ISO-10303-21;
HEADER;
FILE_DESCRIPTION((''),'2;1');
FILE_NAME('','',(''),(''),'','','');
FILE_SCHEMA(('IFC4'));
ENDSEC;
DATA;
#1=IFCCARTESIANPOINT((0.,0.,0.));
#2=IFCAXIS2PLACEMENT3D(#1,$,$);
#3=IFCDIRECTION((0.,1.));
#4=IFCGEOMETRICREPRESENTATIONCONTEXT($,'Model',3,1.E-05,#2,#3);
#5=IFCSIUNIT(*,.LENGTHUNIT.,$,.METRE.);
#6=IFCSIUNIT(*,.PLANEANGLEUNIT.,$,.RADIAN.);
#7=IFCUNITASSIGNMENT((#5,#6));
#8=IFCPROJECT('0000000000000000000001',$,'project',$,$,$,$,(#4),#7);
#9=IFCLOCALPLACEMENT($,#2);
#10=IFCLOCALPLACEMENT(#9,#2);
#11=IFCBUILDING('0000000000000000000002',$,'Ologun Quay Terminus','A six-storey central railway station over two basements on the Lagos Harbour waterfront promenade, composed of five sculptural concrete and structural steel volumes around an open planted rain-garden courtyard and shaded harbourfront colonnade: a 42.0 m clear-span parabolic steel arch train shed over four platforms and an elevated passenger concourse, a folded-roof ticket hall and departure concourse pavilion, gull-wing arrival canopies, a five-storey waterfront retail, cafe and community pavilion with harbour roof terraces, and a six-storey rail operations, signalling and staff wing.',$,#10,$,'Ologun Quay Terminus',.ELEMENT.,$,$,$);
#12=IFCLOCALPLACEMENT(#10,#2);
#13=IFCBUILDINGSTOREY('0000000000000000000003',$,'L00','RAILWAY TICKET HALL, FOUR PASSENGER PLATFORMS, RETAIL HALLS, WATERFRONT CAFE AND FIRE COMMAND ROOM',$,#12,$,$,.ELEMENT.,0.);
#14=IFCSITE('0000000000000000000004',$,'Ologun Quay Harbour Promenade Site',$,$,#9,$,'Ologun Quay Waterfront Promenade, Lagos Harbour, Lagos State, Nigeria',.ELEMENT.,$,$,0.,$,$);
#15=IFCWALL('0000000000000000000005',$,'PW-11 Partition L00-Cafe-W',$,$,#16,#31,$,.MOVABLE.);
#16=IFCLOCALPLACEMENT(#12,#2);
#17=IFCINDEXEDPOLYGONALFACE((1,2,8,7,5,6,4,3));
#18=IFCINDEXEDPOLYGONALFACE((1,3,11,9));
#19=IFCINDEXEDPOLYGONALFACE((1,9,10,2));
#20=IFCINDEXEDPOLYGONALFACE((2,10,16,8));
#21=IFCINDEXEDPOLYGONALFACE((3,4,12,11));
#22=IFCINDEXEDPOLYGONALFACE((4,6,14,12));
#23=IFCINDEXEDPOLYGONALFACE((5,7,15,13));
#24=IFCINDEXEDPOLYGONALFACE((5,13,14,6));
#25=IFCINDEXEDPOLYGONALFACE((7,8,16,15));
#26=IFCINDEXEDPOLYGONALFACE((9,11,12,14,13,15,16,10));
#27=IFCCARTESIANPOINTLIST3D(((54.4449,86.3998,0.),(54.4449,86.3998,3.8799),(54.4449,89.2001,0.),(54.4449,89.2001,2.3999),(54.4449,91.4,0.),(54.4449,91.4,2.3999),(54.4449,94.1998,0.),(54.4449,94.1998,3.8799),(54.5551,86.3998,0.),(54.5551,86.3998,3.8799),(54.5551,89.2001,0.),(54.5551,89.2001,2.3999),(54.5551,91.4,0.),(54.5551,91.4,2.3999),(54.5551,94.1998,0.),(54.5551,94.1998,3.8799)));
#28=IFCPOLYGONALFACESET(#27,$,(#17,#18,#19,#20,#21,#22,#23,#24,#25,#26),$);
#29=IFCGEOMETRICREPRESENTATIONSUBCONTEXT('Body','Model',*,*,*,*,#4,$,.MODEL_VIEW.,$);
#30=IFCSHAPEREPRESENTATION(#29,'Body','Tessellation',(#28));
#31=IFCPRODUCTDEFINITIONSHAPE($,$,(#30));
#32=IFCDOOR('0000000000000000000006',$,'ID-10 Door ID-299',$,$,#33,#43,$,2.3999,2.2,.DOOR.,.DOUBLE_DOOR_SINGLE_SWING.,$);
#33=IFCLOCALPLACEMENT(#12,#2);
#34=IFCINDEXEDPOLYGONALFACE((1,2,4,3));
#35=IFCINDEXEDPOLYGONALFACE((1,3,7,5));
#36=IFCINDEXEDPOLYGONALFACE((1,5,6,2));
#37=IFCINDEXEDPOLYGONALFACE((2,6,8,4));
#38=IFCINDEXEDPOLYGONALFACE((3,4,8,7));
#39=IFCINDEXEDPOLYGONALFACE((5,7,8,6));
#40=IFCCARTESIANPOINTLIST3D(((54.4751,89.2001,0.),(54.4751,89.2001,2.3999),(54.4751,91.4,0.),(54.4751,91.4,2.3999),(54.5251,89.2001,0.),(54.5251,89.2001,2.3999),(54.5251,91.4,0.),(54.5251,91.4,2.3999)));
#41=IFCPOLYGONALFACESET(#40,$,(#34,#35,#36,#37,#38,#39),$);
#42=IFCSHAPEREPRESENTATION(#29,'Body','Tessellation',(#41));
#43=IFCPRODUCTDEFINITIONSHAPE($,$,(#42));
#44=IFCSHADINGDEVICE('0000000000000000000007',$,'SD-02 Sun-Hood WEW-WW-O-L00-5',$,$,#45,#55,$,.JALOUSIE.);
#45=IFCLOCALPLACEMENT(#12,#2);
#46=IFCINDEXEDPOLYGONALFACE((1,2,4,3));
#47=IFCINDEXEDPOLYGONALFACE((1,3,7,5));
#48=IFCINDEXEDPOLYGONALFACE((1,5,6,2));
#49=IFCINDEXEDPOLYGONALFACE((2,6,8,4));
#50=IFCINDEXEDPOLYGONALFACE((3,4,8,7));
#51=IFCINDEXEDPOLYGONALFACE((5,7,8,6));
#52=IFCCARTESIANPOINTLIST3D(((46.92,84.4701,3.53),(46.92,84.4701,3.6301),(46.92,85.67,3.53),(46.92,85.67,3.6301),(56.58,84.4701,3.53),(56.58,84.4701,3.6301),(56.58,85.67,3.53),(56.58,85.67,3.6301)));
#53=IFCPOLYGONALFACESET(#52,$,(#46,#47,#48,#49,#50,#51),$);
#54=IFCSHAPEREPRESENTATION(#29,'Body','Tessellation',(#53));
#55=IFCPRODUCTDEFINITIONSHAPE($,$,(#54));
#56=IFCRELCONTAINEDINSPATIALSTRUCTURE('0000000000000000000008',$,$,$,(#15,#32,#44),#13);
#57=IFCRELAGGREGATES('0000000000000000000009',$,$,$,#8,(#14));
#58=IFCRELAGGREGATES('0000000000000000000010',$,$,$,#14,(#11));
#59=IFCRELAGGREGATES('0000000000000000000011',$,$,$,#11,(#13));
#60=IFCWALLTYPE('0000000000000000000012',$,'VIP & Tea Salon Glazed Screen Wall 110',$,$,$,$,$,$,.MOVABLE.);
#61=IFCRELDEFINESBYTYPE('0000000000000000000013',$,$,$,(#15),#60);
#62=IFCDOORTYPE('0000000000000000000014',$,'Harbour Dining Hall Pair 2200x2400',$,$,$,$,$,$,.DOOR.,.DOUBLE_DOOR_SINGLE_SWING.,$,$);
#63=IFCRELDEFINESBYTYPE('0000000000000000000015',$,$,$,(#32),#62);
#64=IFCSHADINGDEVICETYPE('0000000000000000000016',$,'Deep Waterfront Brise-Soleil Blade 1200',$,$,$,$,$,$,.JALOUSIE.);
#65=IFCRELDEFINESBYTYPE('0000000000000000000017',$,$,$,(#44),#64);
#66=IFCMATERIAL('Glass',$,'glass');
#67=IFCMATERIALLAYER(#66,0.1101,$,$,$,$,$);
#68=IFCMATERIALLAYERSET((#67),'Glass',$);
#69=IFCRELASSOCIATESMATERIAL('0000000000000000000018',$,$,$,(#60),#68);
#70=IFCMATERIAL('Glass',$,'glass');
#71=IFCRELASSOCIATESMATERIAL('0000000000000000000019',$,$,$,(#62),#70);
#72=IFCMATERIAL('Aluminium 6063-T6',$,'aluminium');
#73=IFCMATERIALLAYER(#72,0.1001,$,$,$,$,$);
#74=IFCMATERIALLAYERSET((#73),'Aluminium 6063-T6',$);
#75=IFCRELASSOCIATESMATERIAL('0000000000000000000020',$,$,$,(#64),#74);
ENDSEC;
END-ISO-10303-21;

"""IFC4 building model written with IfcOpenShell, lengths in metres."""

from ifc_helpers import new_model, si_unit, direction, frame, frame_2d, origin, origin_2d, place, context, subcontext, project, spatial, rectangle, extrude, material, layer, layer_set, type_object, element, fill, save


model = new_model("IFC4")

# Units and contexts
model_context = context("Model", 3, precision=1e-05, world=origin(), true_north=direction((0.0, 1.0)))
body_context = subcontext(model_context, "Body", "Model", "MODEL_VIEW")
ifc_project = project(units=[si_unit("LENGTHUNIT", "METRE"), si_unit("PLANEANGLEUNIT", "RADIAN")], contexts=[model_context])

# Site, building, storey
site_placement = place(None, origin())
site = spatial("IfcSite", under=ifc_project, at=site_placement, Name="Ologun Quay Harbour Promenade Site", LongName="Ologun Quay Waterfront Promenade, Lagos Harbour, Lagos State, Nigeria", CompositionType="ELEMENT", RefElevation=0.0)
building_placement = place(site_placement, origin())
building = spatial("IfcBuilding", under=site, at=building_placement, Name="Ologun Quay Terminus", Description="A six-storey central railway station over two basements on the Lagos Harbour waterfront promenade, composed of five sculptural concrete and structural steel volumes around an open planted rain-garden courtyard and shaded harbourfront colonnade: a 42.0 m clear-span parabolic steel arch train shed over four platforms and an elevated passenger concourse, a folded-roof ticket hall and departure concourse pavilion, gull-wing arrival canopies, a five-storey waterfront retail, cafe and community pavilion with harbour roof terraces, and a six-storey rail operations, signalling and staff wing.", LongName="Ologun Quay Terminus", CompositionType="ELEMENT")
storey_placement = place(building_placement, origin())
storey = spatial("IfcBuildingStorey", under=building, at=storey_placement, Name="L00", Description="RAILWAY TICKET HALL, FOUR PASSENGER PLATFORMS, RETAIL HALLS, WATERFRONT CAFE AND FIRE COMMAND ROOM", CompositionType="ELEMENT", Elevation=0.0)

# Wall, opening, door
ifc_material_1 = material(Name="Glass", Category="glass")
ifc_layer_1 = layer(ifc_material_1, 0.1101)
ifc_layer_set_1 = layer_set([ifc_layer_1], Name="Glass")
wall_type_1 = type_object("IfcWallType", Name="VIP & Tea Salon Glazed Screen Wall 110", PredefinedType="MOVABLE", material=ifc_layer_set_1)
wall_1_placement = place(storey_placement, frame((54.5, 86.3999, 0.0), z_axis=(0.0, 0.0, 1.0), x_axis=(0.0, 1.0, 0.0)))
wall_1 = element("IfcWall", 1, at=wall_1_placement, inside=storey, type_object=wall_type_1, Name="PW-11 Partition L00-Cafe-W", PredefinedType="MOVABLE", context=body_context, shape_type="SweptSolid", body=[
    extrude(rectangle(XDim=7.8, YDim=0.1101, at=frame_2d((3.8999, 0.0))), origin(), (0.0, 0.0, 1.0), 3.8799),
])
opening_placement = place(wall_1_placement, frame((2.8, 0.0, 0.0)))
opening = element("IfcOpeningElement", 2, at=opening_placement, cuts=wall_1, PredefinedType="OPENING", context=body_context, shape_type="SweptSolid", body=[
    extrude(rectangle(XDim=2.2, YDim=2.3999, at=frame_2d((1.1001, 1.2))), frame((0.0, 0.0649, 0.0), z_axis=(0.0, -1.0, 0.0), x_axis=(1.0, 0.0, 0.0)), (0.0, 0.0, 1.0), 0.1301),
])
ifc_material_2 = material(Name="Glass", Category="glass")
door_type = type_object("IfcDoorType", Name="Harbour Dining Hall Pair 2200x2400", OperationType="DOUBLE_DOOR_SINGLE_SWING", PredefinedType="DOOR", material=ifc_material_2)
door_placement = place(opening_placement, origin())
door = element("IfcDoor", 3, at=door_placement, inside=storey, type_object=door_type, Name="ID-10 Door ID-299", OperationType="DOUBLE_DOOR_SINGLE_SWING", OverallHeight=2.3999, OverallWidth=2.2, PredefinedType="DOOR", context=body_context, shape_type="SweptSolid", body=[
    extrude(rectangle(XDim=2.2, YDim=2.3999, at=frame_2d((1.1001, 1.2))), frame((0.0, 0.0249, 0.0), z_axis=(0.0, -1.0, 0.0), x_axis=(1.0, 0.0, 0.0)), (0.0, 0.0, 1.0), 0.05),
])
fill(opening, door)

# Shading device
ifc_material_3 = material(Name="Aluminium 6063-T6", Category="aluminium")
ifc_layer_2 = layer(ifc_material_3, 0.1001)
ifc_layer_set_2 = layer_set([ifc_layer_2], Name="Aluminium 6063-T6")
shading_device_type = type_object("IfcShadingDeviceType", Name="Deep Waterfront Brise-Soleil Blade 1200", PredefinedType="JALOUSIE", material=ifc_layer_set_2)
shading_device_placement = place(storey_placement, frame((51.75, 85.0701, 3.53), z_axis=(0.0, 0.0, 1.0), x_axis=(1.0, 0.0, 0.0)))
element("IfcShadingDevice", 4, at=shading_device_placement, inside=storey, type_object=shading_device_type, Name="SD-02 Sun-Hood WEW-WW-O-L00-5", PredefinedType="JALOUSIE", context=body_context, shape_type="SweptSolid", body=[
    extrude(rectangle(XDim=9.6599, YDim=1.2, at=origin_2d()), origin(), (0.0, 0.0, 1.0), 0.1001),
])

save(model, "model.ifc")
